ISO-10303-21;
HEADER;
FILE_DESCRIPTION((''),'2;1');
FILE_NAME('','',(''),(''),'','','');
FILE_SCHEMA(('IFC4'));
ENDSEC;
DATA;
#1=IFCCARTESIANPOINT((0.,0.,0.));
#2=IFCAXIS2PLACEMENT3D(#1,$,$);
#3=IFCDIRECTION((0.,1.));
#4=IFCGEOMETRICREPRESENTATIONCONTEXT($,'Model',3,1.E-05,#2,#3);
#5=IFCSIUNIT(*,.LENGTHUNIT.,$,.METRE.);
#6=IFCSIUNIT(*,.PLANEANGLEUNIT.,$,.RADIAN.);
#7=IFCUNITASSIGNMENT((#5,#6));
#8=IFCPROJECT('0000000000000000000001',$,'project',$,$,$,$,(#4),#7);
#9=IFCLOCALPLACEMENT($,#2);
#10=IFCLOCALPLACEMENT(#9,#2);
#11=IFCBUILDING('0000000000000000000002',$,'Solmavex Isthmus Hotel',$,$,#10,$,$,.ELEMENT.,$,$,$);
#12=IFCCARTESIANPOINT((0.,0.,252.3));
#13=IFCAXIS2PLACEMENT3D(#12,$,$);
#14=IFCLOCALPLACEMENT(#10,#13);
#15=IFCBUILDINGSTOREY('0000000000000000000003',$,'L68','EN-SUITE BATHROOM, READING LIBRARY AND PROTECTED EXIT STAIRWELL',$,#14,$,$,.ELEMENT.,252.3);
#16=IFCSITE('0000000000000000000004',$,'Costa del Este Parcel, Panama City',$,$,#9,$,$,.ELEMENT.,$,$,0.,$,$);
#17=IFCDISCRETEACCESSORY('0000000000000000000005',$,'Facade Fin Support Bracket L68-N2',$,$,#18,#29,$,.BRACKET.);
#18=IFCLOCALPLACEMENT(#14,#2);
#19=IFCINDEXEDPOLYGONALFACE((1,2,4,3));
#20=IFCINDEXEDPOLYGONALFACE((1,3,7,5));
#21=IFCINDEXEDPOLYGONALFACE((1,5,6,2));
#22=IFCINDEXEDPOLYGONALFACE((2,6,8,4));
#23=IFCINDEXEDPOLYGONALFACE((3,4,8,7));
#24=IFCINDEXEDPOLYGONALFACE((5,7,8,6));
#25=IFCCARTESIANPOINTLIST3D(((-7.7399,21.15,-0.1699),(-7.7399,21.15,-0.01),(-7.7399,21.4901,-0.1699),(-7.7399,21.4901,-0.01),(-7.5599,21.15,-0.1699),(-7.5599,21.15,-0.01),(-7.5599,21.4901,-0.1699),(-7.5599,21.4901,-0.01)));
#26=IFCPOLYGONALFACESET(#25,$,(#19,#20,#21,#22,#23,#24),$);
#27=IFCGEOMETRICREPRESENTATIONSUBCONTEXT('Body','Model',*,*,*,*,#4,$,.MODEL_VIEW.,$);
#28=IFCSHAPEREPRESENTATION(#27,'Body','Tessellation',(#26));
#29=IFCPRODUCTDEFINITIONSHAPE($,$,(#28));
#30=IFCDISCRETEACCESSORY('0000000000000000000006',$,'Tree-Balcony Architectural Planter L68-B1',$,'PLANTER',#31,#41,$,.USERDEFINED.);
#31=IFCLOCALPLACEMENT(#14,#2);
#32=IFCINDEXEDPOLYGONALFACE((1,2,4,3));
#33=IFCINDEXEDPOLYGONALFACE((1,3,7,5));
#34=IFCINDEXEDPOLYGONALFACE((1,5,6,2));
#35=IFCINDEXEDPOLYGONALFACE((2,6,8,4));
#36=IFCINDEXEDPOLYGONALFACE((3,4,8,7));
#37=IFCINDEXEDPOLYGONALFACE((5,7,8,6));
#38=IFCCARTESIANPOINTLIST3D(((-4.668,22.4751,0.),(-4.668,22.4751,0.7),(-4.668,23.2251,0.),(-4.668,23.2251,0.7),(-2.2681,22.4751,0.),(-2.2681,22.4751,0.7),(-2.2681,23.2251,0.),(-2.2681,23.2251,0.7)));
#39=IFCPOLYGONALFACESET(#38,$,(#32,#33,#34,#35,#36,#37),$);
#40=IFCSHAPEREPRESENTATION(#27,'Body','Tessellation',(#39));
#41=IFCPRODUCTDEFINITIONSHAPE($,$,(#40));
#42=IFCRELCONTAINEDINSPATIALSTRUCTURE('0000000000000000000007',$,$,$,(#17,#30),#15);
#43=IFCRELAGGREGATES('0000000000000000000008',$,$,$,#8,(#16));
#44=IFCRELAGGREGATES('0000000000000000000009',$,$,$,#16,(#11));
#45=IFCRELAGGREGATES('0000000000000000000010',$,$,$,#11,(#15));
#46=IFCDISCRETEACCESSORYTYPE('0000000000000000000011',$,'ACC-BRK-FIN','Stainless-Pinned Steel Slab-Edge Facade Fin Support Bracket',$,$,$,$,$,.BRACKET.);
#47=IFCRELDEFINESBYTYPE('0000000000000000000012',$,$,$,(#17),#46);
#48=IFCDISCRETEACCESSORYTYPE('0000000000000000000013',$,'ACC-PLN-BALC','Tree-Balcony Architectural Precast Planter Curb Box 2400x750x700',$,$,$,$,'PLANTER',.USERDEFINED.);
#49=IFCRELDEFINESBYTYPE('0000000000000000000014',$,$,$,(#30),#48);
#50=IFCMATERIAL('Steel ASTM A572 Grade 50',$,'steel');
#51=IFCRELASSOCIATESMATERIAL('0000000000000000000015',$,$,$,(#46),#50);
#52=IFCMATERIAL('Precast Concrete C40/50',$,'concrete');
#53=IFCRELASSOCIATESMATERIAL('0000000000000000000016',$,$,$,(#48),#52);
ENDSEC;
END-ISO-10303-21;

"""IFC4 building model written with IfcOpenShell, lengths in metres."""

from ifc_helpers import new_model, si_unit, direction, frame, origin, origin_2d, place, context, subcontext, project, spatial, rectangle, extrude, material, type_object, element, save


model = new_model("IFC4")

# Units and contexts
model_context = context("Model", 3, precision=1e-05, world=origin(), true_north=direction((0.0, 1.0)))
body_context = subcontext(model_context, "Body", "Model", "MODEL_VIEW")
ifc_project = project(units=[si_unit("LENGTHUNIT", "METRE"), si_unit("PLANEANGLEUNIT", "RADIAN")], contexts=[model_context])

# Site, building, storey
site_placement = place(None, origin())
site = spatial("IfcSite", under=ifc_project, at=site_placement, Name="Costa del Este Parcel, Panama City", CompositionType="ELEMENT", RefElevation=0.0)
building_placement = place(site_placement, origin())
building = spatial("IfcBuilding", under=site, at=building_placement, Name="Solmavex Isthmus Hotel", CompositionType="ELEMENT")
storey_placement = place(building_placement, frame((0.0, 0.0, 252.3)))
storey = spatial("IfcBuildingStorey", under=building, at=storey_placement, Name="L68", Description="EN-SUITE BATHROOM, READING LIBRARY AND PROTECTED EXIT STAIRWELL", CompositionType="ELEMENT", Elevation=252.3)

# Shared definitions
ifc_material_1 = material(Name="Precast Concrete C40/50", Category="concrete")

# Discrete accessories
ifc_material_2 = material(Name="Steel ASTM A572 Grade 50", Category="steel")
discrete_accessory_type_1 = type_object("IfcDiscreteAccessoryType", Name="ACC-BRK-FIN", Description="Stainless-Pinned Steel Slab-Edge Facade Fin Support Bracket", PredefinedType="BRACKET", material=ifc_material_2)
discrete_accessory_1_placement = place(storey_placement, frame((-7.6499, 21.3201, -0.1699), z_axis=(0.0, 0.0, 1.0), x_axis=(0.0, 1.0, 0.0)))
element("IfcDiscreteAccessory", 1, at=discrete_accessory_1_placement, inside=storey, type_object=discrete_accessory_type_1, Name="Facade Fin Support Bracket L68-N2", PredefinedType="BRACKET", context=body_context, shape_type="SweptSolid", body=[
    extrude(rectangle(XDim=0.3401, YDim=0.1799, at=origin_2d()), origin(), (0.0, 0.0, 1.0), 0.1599),
])
discrete_accessory_type_2 = type_object("IfcDiscreteAccessoryType", Name="ACC-PLN-BALC", Description="Tree-Balcony Architectural Precast Planter Curb Box 2400x750x700", ElementType="PLANTER", PredefinedType="USERDEFINED", material=ifc_material_1)
discrete_accessory_2_placement = place(storey_placement, frame((-3.468, 22.8501, 0.0), z_axis=(0.0, 0.0, 1.0), x_axis=(1.0, 0.0, 0.0)))
element("IfcDiscreteAccessory", 2, at=discrete_accessory_2_placement, inside=storey, type_object=discrete_accessory_type_2, Name="Tree-Balcony Architectural Planter L68-B1", ObjectType="PLANTER", PredefinedType="USERDEFINED", context=body_context, shape_type="SweptSolid", body=[
    extrude(rectangle(XDim=2.3999, YDim=0.75, at=origin_2d()), origin(), (0.0, 0.0, 1.0), 0.7),
])

save(model, "model.ifc")
